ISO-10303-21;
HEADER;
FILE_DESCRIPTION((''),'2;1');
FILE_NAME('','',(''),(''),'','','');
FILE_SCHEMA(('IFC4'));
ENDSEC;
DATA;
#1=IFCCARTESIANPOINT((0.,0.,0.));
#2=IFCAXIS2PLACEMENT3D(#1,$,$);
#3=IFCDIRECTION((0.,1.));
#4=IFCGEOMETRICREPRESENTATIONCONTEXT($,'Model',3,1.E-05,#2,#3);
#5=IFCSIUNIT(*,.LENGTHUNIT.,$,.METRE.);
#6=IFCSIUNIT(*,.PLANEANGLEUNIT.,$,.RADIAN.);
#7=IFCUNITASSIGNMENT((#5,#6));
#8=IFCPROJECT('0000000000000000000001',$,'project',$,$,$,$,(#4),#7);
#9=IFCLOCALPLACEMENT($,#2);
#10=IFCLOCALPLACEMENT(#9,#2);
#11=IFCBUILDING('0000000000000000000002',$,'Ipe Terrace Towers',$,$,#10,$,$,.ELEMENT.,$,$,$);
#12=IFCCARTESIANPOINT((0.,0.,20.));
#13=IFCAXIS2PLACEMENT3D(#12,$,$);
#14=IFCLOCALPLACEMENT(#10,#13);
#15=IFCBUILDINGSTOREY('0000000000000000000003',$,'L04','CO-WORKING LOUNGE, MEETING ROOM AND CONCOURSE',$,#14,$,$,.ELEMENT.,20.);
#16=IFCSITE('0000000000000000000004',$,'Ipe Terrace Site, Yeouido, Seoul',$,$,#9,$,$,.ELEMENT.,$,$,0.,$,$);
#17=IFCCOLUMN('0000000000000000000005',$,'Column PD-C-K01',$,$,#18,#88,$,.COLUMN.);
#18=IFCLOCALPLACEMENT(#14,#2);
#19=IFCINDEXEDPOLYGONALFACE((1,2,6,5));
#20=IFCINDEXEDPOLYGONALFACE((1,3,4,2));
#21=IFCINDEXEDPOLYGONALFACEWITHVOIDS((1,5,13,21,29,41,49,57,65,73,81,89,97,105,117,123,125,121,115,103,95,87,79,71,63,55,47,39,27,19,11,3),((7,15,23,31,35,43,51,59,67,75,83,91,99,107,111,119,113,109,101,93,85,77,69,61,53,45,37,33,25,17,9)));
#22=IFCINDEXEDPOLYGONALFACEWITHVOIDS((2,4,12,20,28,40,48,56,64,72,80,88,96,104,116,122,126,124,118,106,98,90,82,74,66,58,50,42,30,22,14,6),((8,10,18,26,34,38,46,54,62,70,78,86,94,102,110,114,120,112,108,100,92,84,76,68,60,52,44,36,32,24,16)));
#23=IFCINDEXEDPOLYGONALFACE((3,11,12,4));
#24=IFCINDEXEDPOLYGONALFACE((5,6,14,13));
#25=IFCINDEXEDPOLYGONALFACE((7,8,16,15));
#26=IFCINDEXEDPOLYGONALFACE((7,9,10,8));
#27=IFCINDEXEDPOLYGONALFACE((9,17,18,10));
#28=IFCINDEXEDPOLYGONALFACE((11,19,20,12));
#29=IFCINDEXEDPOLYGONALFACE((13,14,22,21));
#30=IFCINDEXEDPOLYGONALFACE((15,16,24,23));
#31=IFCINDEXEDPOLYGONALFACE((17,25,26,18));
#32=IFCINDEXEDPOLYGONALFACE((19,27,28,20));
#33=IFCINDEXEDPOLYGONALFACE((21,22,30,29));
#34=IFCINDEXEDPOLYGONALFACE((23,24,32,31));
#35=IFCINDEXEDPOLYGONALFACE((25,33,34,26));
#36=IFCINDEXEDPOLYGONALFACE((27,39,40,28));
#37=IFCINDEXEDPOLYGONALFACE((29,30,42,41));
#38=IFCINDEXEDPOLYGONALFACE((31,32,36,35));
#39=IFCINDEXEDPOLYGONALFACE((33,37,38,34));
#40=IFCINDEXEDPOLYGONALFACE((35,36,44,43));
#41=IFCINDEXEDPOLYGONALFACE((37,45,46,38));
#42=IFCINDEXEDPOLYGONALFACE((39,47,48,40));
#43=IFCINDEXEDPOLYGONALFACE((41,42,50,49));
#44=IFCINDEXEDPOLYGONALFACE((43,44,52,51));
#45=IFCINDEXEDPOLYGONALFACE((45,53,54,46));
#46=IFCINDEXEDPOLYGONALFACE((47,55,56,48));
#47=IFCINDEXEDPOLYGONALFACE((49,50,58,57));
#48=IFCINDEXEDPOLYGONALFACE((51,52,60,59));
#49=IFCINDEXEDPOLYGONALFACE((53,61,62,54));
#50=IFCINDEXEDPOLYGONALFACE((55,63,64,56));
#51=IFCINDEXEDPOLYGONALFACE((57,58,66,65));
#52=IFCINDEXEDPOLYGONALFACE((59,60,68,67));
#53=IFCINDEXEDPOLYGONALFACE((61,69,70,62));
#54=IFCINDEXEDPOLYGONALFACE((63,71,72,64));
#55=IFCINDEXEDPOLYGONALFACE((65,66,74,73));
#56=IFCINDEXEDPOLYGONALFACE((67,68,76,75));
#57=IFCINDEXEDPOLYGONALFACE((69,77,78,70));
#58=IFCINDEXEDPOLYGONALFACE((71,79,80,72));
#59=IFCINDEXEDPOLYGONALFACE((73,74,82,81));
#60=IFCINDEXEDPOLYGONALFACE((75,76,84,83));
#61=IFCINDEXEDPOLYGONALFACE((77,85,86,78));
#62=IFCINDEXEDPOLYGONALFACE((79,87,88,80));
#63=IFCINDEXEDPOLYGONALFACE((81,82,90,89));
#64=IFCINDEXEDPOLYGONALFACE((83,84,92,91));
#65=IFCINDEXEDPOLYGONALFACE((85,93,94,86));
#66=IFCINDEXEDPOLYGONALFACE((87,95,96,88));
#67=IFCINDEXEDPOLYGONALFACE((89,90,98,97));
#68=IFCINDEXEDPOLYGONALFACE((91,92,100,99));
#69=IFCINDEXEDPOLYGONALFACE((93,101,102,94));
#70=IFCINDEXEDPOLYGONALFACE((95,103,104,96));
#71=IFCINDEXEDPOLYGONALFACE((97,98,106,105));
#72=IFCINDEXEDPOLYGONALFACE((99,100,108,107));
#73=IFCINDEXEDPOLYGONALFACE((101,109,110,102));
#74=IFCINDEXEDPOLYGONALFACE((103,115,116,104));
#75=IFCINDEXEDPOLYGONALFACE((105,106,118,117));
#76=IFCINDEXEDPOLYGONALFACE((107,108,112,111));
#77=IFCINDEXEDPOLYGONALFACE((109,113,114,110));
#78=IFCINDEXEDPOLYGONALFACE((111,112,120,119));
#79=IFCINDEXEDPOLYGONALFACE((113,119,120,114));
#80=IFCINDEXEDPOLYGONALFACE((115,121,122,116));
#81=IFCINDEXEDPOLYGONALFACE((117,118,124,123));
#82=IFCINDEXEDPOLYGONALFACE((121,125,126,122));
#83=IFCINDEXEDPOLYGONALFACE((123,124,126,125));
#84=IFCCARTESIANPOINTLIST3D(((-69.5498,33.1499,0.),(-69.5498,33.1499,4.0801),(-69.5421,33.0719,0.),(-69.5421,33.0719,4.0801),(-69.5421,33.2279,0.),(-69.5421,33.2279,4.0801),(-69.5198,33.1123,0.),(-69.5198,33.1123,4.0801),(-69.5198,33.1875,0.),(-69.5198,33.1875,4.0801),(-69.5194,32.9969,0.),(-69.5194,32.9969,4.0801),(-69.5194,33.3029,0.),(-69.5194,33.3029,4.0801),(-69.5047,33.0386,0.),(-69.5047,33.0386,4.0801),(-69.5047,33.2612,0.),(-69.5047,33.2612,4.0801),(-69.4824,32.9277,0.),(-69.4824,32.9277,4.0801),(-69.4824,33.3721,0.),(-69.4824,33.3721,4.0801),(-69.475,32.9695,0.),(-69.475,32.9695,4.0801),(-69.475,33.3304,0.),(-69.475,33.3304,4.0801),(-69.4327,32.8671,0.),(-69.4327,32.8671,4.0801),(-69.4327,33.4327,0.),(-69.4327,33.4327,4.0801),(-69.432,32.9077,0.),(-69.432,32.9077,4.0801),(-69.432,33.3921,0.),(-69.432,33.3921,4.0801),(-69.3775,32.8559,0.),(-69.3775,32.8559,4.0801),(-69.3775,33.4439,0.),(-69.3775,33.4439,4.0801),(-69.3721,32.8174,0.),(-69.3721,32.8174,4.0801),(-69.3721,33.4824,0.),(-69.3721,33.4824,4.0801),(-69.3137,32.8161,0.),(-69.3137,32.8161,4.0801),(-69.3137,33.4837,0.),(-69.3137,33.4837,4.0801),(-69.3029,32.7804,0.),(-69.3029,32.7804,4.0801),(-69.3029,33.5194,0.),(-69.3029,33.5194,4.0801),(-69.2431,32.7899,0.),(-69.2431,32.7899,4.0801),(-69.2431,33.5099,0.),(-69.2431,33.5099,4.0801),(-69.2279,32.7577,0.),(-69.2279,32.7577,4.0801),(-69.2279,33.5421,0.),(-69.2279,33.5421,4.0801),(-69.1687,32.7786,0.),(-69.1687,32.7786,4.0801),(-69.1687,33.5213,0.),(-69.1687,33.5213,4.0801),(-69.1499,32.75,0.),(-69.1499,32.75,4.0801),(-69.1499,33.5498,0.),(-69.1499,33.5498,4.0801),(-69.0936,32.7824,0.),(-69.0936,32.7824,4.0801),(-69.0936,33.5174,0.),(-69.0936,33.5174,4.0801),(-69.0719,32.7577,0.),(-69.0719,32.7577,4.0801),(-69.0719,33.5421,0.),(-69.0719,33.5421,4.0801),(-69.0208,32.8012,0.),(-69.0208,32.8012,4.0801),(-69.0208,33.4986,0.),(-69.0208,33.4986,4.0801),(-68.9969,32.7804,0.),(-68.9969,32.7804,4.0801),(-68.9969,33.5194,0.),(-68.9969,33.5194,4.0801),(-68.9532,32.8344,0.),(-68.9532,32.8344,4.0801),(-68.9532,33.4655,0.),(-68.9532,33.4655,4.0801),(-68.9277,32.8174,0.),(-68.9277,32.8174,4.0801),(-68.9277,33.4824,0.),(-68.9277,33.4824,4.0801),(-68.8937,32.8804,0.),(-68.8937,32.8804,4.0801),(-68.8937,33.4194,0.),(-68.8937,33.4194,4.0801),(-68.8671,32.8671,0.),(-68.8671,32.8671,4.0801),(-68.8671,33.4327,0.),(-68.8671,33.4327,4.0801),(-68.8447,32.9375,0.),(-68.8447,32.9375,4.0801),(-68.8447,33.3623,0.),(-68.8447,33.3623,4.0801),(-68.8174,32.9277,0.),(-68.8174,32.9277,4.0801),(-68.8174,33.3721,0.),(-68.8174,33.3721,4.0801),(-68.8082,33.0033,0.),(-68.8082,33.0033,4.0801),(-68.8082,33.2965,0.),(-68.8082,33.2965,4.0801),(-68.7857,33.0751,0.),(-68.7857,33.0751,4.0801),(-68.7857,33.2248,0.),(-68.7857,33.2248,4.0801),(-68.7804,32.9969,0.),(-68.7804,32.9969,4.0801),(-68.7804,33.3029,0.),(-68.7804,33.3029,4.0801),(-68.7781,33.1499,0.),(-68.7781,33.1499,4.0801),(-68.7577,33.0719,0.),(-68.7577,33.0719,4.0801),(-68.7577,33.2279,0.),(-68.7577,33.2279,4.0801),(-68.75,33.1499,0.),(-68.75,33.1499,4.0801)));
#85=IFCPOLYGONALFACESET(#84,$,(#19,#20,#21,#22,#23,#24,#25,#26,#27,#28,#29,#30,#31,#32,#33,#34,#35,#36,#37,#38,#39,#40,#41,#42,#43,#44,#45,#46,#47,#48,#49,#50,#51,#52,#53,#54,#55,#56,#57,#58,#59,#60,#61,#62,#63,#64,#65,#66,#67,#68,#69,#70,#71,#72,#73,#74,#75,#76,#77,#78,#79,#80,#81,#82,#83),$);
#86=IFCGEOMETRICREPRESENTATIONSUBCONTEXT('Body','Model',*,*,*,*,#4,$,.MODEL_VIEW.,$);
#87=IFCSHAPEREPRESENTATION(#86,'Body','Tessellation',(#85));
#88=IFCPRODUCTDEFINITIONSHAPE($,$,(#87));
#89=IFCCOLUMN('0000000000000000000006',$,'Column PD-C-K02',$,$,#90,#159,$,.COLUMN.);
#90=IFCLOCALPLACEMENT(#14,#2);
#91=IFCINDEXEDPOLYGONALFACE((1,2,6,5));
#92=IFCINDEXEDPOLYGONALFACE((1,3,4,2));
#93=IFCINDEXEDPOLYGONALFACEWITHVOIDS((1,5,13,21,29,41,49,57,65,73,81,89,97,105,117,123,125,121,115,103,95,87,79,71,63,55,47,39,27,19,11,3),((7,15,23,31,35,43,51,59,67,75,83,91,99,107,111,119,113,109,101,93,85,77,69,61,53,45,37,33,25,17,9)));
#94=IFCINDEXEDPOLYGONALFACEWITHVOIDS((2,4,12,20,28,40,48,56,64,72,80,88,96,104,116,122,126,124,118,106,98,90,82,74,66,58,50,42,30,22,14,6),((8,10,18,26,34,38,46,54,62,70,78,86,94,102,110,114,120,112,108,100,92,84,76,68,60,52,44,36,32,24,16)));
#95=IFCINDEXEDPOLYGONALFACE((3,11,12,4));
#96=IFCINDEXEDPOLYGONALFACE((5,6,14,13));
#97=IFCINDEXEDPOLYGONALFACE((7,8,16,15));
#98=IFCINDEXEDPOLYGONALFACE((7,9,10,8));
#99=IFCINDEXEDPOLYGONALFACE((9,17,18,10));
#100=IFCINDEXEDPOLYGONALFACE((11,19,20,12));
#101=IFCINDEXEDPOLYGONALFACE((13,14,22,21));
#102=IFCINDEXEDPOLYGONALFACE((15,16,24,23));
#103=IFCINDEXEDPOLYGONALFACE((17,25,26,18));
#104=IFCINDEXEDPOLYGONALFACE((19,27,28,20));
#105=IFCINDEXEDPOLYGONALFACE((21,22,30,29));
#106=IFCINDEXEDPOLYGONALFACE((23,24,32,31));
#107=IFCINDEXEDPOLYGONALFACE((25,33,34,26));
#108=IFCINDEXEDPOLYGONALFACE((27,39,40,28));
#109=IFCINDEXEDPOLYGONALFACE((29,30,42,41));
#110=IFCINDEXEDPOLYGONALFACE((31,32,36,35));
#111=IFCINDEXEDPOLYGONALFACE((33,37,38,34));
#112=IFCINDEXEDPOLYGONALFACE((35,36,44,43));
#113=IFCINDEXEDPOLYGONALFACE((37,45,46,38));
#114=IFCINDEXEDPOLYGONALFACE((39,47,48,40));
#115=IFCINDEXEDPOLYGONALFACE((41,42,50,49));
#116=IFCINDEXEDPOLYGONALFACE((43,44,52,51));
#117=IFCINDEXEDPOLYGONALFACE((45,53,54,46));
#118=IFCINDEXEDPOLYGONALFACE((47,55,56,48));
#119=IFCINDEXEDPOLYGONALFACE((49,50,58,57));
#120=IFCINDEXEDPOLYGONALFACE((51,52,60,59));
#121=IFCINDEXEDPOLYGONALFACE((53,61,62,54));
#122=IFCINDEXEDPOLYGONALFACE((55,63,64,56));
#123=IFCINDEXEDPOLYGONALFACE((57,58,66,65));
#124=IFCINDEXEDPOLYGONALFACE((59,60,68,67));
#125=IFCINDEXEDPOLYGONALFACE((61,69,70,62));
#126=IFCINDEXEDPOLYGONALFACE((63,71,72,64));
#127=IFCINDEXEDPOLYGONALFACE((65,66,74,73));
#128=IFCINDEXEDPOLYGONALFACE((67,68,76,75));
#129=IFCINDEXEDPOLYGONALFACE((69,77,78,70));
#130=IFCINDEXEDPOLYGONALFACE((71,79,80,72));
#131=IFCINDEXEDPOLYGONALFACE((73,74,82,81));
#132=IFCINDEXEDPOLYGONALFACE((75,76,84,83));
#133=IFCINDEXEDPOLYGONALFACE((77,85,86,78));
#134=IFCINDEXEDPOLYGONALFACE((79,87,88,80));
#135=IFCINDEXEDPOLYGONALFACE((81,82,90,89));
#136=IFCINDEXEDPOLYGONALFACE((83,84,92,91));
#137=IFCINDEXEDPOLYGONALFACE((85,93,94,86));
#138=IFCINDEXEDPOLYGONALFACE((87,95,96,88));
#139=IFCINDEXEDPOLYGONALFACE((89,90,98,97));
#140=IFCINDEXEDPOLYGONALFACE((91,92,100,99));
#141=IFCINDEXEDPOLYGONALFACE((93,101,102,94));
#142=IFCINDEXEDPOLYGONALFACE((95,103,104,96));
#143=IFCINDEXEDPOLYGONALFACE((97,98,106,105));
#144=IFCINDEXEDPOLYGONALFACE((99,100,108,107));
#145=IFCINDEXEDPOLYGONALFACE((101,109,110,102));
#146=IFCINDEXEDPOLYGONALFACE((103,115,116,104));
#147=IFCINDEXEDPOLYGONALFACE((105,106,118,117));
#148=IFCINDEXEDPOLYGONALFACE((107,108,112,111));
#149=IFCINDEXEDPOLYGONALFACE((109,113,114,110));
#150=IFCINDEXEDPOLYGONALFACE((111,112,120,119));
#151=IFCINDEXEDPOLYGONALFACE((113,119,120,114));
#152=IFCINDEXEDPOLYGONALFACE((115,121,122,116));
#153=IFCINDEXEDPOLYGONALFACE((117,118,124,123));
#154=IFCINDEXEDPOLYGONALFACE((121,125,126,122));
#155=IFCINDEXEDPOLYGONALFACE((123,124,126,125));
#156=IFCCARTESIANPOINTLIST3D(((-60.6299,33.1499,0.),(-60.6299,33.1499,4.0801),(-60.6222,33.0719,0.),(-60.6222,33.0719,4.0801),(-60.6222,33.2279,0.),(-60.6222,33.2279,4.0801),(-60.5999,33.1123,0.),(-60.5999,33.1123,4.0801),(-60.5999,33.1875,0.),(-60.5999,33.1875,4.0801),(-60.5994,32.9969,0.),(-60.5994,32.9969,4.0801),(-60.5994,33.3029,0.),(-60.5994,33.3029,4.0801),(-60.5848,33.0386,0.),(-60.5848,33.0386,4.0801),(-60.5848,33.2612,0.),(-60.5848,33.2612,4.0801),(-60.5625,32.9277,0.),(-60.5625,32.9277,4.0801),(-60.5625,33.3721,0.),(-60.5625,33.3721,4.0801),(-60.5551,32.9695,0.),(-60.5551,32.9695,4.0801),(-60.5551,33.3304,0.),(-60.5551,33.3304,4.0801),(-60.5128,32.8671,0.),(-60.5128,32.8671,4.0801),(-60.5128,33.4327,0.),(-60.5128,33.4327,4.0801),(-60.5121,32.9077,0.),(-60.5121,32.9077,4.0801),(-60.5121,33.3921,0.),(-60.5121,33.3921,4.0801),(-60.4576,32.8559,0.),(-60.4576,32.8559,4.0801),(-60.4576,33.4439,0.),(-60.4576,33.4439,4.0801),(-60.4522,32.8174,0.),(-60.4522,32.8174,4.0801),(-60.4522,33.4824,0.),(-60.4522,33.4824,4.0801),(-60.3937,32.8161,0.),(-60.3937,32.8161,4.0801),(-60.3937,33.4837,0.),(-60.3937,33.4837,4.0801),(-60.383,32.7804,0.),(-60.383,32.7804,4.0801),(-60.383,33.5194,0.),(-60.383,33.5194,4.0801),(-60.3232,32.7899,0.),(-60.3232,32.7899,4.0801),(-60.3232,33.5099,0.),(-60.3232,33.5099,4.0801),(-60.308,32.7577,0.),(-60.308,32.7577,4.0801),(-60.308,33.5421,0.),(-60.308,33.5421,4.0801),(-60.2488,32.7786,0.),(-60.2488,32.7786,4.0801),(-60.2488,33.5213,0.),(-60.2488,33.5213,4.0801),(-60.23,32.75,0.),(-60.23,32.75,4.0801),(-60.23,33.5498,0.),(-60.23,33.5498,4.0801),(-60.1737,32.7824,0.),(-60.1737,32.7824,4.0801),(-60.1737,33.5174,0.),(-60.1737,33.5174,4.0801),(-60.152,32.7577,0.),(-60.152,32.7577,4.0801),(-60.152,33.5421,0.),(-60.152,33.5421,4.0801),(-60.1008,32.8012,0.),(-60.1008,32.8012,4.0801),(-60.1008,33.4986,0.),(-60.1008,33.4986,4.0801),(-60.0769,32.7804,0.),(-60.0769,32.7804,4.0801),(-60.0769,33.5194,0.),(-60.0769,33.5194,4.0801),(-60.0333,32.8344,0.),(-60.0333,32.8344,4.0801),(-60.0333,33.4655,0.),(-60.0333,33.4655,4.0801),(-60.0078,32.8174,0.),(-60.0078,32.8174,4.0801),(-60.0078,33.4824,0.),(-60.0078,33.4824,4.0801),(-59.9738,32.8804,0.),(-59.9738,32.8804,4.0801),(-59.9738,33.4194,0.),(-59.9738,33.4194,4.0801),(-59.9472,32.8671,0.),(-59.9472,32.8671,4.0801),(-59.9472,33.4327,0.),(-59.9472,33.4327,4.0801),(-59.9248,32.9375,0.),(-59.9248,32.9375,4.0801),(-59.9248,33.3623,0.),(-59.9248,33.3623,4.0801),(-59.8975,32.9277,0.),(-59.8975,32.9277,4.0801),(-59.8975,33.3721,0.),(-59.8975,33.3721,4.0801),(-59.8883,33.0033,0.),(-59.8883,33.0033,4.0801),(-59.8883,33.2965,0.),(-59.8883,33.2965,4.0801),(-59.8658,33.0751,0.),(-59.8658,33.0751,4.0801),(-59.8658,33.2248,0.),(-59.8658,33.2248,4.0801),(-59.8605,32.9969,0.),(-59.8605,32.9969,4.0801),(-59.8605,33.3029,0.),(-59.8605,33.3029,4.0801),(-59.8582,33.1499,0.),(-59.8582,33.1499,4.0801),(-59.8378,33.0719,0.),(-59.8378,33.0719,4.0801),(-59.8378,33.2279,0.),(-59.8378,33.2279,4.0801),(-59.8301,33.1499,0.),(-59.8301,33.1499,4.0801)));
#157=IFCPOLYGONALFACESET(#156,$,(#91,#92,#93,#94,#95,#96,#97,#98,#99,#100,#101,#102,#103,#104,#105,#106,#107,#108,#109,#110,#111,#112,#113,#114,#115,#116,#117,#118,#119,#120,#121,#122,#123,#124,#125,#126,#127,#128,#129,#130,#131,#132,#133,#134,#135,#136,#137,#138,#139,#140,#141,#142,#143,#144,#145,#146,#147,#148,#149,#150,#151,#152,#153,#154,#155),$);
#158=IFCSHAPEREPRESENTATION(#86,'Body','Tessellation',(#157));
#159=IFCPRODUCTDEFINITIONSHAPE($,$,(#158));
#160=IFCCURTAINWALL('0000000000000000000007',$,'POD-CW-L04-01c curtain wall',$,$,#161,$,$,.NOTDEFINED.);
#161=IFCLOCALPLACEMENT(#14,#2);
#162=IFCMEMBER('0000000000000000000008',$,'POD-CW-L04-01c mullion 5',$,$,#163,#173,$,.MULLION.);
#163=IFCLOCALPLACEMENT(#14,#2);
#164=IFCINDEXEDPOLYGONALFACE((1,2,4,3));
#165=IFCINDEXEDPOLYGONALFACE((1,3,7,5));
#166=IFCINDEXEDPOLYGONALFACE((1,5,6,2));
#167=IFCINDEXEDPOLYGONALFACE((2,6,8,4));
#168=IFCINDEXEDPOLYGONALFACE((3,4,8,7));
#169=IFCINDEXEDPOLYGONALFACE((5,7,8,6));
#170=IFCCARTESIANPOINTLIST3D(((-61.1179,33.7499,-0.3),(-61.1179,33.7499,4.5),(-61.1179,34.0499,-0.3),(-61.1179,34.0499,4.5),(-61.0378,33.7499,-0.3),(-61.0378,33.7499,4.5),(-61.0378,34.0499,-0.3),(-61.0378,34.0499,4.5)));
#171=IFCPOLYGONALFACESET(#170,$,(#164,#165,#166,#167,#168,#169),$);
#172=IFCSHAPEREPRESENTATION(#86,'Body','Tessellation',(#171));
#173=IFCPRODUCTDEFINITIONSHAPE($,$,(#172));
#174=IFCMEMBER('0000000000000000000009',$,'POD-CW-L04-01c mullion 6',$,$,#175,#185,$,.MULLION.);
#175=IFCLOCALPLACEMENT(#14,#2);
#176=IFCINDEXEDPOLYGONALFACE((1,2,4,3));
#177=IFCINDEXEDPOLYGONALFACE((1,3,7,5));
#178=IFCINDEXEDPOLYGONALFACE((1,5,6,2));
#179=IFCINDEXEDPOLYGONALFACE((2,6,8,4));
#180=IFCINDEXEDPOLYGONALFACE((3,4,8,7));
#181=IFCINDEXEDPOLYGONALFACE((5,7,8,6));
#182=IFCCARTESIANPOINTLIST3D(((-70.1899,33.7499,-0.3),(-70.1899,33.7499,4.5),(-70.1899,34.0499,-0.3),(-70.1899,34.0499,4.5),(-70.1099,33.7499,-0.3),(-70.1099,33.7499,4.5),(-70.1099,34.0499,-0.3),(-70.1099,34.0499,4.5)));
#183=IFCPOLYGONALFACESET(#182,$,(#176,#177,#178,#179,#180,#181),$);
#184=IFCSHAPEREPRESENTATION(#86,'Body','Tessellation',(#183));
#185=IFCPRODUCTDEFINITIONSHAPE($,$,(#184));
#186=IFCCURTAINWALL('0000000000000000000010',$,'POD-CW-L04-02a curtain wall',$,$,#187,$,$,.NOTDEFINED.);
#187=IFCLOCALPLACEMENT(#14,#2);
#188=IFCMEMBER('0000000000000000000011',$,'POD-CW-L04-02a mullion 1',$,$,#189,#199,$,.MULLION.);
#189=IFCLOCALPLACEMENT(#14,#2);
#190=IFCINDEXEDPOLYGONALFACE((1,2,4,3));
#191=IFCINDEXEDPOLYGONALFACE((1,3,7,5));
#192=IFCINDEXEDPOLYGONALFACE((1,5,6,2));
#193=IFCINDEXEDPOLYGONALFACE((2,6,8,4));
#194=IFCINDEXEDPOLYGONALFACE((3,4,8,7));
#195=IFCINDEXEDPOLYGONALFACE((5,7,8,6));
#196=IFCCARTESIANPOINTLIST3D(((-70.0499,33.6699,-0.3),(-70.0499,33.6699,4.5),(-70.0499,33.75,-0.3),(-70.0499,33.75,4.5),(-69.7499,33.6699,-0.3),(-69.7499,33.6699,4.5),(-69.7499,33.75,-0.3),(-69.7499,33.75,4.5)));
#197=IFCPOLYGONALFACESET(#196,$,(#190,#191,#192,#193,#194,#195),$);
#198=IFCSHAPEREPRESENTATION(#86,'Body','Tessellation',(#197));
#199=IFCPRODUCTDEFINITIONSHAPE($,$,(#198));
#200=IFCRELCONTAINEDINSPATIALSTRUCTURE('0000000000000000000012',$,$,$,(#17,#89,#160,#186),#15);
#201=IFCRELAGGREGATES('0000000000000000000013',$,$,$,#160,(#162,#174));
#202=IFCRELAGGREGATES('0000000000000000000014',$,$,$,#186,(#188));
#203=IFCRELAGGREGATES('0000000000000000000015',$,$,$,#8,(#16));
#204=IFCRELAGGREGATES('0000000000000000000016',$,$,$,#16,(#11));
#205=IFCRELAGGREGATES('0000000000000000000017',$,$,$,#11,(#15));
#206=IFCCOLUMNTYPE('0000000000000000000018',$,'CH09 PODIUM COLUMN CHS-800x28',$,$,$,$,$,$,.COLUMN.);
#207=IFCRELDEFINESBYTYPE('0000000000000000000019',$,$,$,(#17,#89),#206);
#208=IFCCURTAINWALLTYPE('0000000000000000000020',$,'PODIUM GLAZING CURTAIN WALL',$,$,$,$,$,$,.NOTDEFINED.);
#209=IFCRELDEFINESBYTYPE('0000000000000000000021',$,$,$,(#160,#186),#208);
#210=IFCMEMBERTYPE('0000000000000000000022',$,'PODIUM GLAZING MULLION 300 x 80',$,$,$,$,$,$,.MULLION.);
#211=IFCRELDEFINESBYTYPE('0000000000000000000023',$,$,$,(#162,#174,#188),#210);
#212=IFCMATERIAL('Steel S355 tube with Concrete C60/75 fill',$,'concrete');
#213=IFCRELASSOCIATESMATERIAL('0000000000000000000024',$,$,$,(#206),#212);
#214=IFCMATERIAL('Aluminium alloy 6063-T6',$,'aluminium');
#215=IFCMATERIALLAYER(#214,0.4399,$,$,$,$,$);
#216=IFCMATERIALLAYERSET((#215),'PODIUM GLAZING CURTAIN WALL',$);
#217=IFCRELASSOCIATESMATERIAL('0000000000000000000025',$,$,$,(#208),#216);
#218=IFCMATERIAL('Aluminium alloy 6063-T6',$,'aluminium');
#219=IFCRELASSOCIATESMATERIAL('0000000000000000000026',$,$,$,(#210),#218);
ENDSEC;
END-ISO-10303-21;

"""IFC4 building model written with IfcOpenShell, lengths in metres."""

from ifc_helpers import new_model, si_unit, direction, frame, origin, origin_2d, place, context, subcontext, project, spatial, rectangle, hollow_circle, extrude, material, layer, layer_set, material_profile, profile_set, type_object, element, aggregate, save


model = new_model("IFC4")

# Units and contexts
model_context = context("Model", 3, precision=1e-05, world=origin(), true_north=direction((0.0, 1.0)))
body_context = subcontext(model_context, "Body", "Model", "MODEL_VIEW")
ifc_project = project(units=[si_unit("LENGTHUNIT", "METRE"), si_unit("PLANEANGLEUNIT", "RADIAN")], contexts=[model_context])

# Site, building, storey
site_placement = place(None, origin())
site = spatial("IfcSite", under=ifc_project, at=site_placement, Name="Ipe Terrace Site, Yeouido, Seoul", CompositionType="ELEMENT", RefElevation=0.0)
building_placement = place(site_placement, origin())
building = spatial("IfcBuilding", under=site, at=building_placement, Name="Ipe Terrace Towers", CompositionType="ELEMENT")
storey_placement = place(building_placement, frame((0.0, 0.0, 20.0)))
storey = spatial("IfcBuildingStorey", under=building, at=storey_placement, Name="L04", Description="CO-WORKING LOUNGE, MEETING ROOM AND CONCOURSE", CompositionType="ELEMENT", Elevation=20.0)

# Columns
ifc_material_1 = material(Name="Steel S355 tube with Concrete C60/75 fill", Category="concrete")
ifc_material_profile_1 = material_profile(ifc_material_1, hollow_circle(Radius=0.3999, WallThickness=0.0281, at=origin_2d()), Name="CHS-800x28")
ifc_profile_set_1 = profile_set([ifc_material_profile_1], Name="Steel S355 tube with Concrete C60/75 fill")
column_type = type_object("IfcColumnType", Name="CH09 PODIUM COLUMN CHS-800x28", PredefinedType="COLUMN", material=ifc_profile_set_1)
for number, where, z_axis, x_axis, name in (
    (1, (-69.1499, 33.1499, 0.0), (0.0, 0.0, 1.0), (1.0, 0.0, 0.0), "Column PD-C-K01"),
    (2, (-60.23, 33.1499, 0.0), (0.0, 0.0, 1.0), (1.0, 0.0, 0.0), "Column PD-C-K02"),
):
    element("IfcColumn", number, at=place(storey_placement, frame(where, z_axis=z_axis, x_axis=x_axis)), inside=storey, type_object=column_type, Name=name, PredefinedType="COLUMN", context=body_context, shape_type="SweptSolid", body=[
        extrude(hollow_circle(Radius=0.3999, WallThickness=0.0281, at=origin_2d()), origin(), (0.0, 0.0, 1.0), 4.0801),
    ])

# Curtain walls, members
ifc_material_2 = material(Name="Aluminium alloy 6063-T6", Category="aluminium")
ifc_layer_1 = layer(ifc_material_2, 0.4399)
ifc_layer_set_1 = layer_set([ifc_layer_1], Name="PODIUM GLAZING CURTAIN WALL")
curtain_wall_type = type_object("IfcCurtainWallType", Name="PODIUM GLAZING CURTAIN WALL", PredefinedType="NOTDEFINED", material=ifc_layer_set_1)
curtain_wall_1_placement = place(storey_placement, origin())
curtain_wall_1 = element("IfcCurtainWall", 3, at=curtain_wall_1_placement, inside=storey, type_object=curtain_wall_type, Name="POD-CW-L04-01c curtain wall", PredefinedType="NOTDEFINED")
ifc_material_3 = material(Name="Aluminium alloy 6063-T6", Category="aluminium")
ifc_material_profile_2 = material_profile(ifc_material_3, rectangle(XDim=0.3, YDim=0.0801, at=origin_2d()), Name="PODIUM GLAZING MULLION 300 x 80")
ifc_profile_set_2 = profile_set([ifc_material_profile_2], Name="Aluminium alloy 6063-T6")
member_type_1 = type_object("IfcMemberType", Name="PODIUM GLAZING MULLION 300 x 80", PredefinedType="MULLION", material=ifc_profile_set_2)
member_1_placement = place(storey_placement, frame((-61.0779, 33.8999, -0.3), z_axis=(0.0, 0.0, 1.0), x_axis=(0.0, 1.0, 0.0)))
member_1 = element("IfcMember", 4, at=member_1_placement, type_object=member_type_1, Name="POD-CW-L04-01c mullion 5", PredefinedType="MULLION", context=body_context, shape_type="SweptSolid", body=[
    extrude(rectangle(XDim=0.3, YDim=0.0801, at=origin_2d()), origin(), (0.0, 0.0, 1.0), 4.8),
])
member_2_placement = place(storey_placement, frame((-70.1499, 33.8999, -0.3), z_axis=(0.0, 0.0, 1.0), x_axis=(0.0, 1.0, 0.0)))
member_2 = element("IfcMember", 5, at=member_2_placement, type_object=member_type_1, Name="POD-CW-L04-01c mullion 6", PredefinedType="MULLION", context=body_context, shape_type="SweptSolid", body=[
    extrude(rectangle(XDim=0.3, YDim=0.0801, at=origin_2d()), origin(), (0.0, 0.0, 1.0), 4.8),
])
curtain_wall_2_placement = place(storey_placement, origin())
curtain_wall_2 = element("IfcCurtainWall", 6, at=curtain_wall_2_placement, inside=storey, type_object=curtain_wall_type, Name="POD-CW-L04-02a curtain wall", PredefinedType="NOTDEFINED")
member_3_placement = place(storey_placement, frame((-69.8999, 33.71, -0.3), z_axis=(0.0, 0.0, 1.0), x_axis=(-1.0, 0.0, 0.0)))
member_3 = element("IfcMember", 7, at=member_3_placement, type_object=member_type_1, Name="POD-CW-L04-02a mullion 1", PredefinedType="MULLION", context=body_context, shape_type="SweptSolid", body=[
    extrude(rectangle(XDim=0.3, YDim=0.0801, at=origin_2d()), origin(), (0.0, 0.0, 1.0), 4.8),
])

aggregate(curtain_wall_1, [member_1, member_2])
aggregate(curtain_wall_2, [member_3])

save(model, "model.ifc")
